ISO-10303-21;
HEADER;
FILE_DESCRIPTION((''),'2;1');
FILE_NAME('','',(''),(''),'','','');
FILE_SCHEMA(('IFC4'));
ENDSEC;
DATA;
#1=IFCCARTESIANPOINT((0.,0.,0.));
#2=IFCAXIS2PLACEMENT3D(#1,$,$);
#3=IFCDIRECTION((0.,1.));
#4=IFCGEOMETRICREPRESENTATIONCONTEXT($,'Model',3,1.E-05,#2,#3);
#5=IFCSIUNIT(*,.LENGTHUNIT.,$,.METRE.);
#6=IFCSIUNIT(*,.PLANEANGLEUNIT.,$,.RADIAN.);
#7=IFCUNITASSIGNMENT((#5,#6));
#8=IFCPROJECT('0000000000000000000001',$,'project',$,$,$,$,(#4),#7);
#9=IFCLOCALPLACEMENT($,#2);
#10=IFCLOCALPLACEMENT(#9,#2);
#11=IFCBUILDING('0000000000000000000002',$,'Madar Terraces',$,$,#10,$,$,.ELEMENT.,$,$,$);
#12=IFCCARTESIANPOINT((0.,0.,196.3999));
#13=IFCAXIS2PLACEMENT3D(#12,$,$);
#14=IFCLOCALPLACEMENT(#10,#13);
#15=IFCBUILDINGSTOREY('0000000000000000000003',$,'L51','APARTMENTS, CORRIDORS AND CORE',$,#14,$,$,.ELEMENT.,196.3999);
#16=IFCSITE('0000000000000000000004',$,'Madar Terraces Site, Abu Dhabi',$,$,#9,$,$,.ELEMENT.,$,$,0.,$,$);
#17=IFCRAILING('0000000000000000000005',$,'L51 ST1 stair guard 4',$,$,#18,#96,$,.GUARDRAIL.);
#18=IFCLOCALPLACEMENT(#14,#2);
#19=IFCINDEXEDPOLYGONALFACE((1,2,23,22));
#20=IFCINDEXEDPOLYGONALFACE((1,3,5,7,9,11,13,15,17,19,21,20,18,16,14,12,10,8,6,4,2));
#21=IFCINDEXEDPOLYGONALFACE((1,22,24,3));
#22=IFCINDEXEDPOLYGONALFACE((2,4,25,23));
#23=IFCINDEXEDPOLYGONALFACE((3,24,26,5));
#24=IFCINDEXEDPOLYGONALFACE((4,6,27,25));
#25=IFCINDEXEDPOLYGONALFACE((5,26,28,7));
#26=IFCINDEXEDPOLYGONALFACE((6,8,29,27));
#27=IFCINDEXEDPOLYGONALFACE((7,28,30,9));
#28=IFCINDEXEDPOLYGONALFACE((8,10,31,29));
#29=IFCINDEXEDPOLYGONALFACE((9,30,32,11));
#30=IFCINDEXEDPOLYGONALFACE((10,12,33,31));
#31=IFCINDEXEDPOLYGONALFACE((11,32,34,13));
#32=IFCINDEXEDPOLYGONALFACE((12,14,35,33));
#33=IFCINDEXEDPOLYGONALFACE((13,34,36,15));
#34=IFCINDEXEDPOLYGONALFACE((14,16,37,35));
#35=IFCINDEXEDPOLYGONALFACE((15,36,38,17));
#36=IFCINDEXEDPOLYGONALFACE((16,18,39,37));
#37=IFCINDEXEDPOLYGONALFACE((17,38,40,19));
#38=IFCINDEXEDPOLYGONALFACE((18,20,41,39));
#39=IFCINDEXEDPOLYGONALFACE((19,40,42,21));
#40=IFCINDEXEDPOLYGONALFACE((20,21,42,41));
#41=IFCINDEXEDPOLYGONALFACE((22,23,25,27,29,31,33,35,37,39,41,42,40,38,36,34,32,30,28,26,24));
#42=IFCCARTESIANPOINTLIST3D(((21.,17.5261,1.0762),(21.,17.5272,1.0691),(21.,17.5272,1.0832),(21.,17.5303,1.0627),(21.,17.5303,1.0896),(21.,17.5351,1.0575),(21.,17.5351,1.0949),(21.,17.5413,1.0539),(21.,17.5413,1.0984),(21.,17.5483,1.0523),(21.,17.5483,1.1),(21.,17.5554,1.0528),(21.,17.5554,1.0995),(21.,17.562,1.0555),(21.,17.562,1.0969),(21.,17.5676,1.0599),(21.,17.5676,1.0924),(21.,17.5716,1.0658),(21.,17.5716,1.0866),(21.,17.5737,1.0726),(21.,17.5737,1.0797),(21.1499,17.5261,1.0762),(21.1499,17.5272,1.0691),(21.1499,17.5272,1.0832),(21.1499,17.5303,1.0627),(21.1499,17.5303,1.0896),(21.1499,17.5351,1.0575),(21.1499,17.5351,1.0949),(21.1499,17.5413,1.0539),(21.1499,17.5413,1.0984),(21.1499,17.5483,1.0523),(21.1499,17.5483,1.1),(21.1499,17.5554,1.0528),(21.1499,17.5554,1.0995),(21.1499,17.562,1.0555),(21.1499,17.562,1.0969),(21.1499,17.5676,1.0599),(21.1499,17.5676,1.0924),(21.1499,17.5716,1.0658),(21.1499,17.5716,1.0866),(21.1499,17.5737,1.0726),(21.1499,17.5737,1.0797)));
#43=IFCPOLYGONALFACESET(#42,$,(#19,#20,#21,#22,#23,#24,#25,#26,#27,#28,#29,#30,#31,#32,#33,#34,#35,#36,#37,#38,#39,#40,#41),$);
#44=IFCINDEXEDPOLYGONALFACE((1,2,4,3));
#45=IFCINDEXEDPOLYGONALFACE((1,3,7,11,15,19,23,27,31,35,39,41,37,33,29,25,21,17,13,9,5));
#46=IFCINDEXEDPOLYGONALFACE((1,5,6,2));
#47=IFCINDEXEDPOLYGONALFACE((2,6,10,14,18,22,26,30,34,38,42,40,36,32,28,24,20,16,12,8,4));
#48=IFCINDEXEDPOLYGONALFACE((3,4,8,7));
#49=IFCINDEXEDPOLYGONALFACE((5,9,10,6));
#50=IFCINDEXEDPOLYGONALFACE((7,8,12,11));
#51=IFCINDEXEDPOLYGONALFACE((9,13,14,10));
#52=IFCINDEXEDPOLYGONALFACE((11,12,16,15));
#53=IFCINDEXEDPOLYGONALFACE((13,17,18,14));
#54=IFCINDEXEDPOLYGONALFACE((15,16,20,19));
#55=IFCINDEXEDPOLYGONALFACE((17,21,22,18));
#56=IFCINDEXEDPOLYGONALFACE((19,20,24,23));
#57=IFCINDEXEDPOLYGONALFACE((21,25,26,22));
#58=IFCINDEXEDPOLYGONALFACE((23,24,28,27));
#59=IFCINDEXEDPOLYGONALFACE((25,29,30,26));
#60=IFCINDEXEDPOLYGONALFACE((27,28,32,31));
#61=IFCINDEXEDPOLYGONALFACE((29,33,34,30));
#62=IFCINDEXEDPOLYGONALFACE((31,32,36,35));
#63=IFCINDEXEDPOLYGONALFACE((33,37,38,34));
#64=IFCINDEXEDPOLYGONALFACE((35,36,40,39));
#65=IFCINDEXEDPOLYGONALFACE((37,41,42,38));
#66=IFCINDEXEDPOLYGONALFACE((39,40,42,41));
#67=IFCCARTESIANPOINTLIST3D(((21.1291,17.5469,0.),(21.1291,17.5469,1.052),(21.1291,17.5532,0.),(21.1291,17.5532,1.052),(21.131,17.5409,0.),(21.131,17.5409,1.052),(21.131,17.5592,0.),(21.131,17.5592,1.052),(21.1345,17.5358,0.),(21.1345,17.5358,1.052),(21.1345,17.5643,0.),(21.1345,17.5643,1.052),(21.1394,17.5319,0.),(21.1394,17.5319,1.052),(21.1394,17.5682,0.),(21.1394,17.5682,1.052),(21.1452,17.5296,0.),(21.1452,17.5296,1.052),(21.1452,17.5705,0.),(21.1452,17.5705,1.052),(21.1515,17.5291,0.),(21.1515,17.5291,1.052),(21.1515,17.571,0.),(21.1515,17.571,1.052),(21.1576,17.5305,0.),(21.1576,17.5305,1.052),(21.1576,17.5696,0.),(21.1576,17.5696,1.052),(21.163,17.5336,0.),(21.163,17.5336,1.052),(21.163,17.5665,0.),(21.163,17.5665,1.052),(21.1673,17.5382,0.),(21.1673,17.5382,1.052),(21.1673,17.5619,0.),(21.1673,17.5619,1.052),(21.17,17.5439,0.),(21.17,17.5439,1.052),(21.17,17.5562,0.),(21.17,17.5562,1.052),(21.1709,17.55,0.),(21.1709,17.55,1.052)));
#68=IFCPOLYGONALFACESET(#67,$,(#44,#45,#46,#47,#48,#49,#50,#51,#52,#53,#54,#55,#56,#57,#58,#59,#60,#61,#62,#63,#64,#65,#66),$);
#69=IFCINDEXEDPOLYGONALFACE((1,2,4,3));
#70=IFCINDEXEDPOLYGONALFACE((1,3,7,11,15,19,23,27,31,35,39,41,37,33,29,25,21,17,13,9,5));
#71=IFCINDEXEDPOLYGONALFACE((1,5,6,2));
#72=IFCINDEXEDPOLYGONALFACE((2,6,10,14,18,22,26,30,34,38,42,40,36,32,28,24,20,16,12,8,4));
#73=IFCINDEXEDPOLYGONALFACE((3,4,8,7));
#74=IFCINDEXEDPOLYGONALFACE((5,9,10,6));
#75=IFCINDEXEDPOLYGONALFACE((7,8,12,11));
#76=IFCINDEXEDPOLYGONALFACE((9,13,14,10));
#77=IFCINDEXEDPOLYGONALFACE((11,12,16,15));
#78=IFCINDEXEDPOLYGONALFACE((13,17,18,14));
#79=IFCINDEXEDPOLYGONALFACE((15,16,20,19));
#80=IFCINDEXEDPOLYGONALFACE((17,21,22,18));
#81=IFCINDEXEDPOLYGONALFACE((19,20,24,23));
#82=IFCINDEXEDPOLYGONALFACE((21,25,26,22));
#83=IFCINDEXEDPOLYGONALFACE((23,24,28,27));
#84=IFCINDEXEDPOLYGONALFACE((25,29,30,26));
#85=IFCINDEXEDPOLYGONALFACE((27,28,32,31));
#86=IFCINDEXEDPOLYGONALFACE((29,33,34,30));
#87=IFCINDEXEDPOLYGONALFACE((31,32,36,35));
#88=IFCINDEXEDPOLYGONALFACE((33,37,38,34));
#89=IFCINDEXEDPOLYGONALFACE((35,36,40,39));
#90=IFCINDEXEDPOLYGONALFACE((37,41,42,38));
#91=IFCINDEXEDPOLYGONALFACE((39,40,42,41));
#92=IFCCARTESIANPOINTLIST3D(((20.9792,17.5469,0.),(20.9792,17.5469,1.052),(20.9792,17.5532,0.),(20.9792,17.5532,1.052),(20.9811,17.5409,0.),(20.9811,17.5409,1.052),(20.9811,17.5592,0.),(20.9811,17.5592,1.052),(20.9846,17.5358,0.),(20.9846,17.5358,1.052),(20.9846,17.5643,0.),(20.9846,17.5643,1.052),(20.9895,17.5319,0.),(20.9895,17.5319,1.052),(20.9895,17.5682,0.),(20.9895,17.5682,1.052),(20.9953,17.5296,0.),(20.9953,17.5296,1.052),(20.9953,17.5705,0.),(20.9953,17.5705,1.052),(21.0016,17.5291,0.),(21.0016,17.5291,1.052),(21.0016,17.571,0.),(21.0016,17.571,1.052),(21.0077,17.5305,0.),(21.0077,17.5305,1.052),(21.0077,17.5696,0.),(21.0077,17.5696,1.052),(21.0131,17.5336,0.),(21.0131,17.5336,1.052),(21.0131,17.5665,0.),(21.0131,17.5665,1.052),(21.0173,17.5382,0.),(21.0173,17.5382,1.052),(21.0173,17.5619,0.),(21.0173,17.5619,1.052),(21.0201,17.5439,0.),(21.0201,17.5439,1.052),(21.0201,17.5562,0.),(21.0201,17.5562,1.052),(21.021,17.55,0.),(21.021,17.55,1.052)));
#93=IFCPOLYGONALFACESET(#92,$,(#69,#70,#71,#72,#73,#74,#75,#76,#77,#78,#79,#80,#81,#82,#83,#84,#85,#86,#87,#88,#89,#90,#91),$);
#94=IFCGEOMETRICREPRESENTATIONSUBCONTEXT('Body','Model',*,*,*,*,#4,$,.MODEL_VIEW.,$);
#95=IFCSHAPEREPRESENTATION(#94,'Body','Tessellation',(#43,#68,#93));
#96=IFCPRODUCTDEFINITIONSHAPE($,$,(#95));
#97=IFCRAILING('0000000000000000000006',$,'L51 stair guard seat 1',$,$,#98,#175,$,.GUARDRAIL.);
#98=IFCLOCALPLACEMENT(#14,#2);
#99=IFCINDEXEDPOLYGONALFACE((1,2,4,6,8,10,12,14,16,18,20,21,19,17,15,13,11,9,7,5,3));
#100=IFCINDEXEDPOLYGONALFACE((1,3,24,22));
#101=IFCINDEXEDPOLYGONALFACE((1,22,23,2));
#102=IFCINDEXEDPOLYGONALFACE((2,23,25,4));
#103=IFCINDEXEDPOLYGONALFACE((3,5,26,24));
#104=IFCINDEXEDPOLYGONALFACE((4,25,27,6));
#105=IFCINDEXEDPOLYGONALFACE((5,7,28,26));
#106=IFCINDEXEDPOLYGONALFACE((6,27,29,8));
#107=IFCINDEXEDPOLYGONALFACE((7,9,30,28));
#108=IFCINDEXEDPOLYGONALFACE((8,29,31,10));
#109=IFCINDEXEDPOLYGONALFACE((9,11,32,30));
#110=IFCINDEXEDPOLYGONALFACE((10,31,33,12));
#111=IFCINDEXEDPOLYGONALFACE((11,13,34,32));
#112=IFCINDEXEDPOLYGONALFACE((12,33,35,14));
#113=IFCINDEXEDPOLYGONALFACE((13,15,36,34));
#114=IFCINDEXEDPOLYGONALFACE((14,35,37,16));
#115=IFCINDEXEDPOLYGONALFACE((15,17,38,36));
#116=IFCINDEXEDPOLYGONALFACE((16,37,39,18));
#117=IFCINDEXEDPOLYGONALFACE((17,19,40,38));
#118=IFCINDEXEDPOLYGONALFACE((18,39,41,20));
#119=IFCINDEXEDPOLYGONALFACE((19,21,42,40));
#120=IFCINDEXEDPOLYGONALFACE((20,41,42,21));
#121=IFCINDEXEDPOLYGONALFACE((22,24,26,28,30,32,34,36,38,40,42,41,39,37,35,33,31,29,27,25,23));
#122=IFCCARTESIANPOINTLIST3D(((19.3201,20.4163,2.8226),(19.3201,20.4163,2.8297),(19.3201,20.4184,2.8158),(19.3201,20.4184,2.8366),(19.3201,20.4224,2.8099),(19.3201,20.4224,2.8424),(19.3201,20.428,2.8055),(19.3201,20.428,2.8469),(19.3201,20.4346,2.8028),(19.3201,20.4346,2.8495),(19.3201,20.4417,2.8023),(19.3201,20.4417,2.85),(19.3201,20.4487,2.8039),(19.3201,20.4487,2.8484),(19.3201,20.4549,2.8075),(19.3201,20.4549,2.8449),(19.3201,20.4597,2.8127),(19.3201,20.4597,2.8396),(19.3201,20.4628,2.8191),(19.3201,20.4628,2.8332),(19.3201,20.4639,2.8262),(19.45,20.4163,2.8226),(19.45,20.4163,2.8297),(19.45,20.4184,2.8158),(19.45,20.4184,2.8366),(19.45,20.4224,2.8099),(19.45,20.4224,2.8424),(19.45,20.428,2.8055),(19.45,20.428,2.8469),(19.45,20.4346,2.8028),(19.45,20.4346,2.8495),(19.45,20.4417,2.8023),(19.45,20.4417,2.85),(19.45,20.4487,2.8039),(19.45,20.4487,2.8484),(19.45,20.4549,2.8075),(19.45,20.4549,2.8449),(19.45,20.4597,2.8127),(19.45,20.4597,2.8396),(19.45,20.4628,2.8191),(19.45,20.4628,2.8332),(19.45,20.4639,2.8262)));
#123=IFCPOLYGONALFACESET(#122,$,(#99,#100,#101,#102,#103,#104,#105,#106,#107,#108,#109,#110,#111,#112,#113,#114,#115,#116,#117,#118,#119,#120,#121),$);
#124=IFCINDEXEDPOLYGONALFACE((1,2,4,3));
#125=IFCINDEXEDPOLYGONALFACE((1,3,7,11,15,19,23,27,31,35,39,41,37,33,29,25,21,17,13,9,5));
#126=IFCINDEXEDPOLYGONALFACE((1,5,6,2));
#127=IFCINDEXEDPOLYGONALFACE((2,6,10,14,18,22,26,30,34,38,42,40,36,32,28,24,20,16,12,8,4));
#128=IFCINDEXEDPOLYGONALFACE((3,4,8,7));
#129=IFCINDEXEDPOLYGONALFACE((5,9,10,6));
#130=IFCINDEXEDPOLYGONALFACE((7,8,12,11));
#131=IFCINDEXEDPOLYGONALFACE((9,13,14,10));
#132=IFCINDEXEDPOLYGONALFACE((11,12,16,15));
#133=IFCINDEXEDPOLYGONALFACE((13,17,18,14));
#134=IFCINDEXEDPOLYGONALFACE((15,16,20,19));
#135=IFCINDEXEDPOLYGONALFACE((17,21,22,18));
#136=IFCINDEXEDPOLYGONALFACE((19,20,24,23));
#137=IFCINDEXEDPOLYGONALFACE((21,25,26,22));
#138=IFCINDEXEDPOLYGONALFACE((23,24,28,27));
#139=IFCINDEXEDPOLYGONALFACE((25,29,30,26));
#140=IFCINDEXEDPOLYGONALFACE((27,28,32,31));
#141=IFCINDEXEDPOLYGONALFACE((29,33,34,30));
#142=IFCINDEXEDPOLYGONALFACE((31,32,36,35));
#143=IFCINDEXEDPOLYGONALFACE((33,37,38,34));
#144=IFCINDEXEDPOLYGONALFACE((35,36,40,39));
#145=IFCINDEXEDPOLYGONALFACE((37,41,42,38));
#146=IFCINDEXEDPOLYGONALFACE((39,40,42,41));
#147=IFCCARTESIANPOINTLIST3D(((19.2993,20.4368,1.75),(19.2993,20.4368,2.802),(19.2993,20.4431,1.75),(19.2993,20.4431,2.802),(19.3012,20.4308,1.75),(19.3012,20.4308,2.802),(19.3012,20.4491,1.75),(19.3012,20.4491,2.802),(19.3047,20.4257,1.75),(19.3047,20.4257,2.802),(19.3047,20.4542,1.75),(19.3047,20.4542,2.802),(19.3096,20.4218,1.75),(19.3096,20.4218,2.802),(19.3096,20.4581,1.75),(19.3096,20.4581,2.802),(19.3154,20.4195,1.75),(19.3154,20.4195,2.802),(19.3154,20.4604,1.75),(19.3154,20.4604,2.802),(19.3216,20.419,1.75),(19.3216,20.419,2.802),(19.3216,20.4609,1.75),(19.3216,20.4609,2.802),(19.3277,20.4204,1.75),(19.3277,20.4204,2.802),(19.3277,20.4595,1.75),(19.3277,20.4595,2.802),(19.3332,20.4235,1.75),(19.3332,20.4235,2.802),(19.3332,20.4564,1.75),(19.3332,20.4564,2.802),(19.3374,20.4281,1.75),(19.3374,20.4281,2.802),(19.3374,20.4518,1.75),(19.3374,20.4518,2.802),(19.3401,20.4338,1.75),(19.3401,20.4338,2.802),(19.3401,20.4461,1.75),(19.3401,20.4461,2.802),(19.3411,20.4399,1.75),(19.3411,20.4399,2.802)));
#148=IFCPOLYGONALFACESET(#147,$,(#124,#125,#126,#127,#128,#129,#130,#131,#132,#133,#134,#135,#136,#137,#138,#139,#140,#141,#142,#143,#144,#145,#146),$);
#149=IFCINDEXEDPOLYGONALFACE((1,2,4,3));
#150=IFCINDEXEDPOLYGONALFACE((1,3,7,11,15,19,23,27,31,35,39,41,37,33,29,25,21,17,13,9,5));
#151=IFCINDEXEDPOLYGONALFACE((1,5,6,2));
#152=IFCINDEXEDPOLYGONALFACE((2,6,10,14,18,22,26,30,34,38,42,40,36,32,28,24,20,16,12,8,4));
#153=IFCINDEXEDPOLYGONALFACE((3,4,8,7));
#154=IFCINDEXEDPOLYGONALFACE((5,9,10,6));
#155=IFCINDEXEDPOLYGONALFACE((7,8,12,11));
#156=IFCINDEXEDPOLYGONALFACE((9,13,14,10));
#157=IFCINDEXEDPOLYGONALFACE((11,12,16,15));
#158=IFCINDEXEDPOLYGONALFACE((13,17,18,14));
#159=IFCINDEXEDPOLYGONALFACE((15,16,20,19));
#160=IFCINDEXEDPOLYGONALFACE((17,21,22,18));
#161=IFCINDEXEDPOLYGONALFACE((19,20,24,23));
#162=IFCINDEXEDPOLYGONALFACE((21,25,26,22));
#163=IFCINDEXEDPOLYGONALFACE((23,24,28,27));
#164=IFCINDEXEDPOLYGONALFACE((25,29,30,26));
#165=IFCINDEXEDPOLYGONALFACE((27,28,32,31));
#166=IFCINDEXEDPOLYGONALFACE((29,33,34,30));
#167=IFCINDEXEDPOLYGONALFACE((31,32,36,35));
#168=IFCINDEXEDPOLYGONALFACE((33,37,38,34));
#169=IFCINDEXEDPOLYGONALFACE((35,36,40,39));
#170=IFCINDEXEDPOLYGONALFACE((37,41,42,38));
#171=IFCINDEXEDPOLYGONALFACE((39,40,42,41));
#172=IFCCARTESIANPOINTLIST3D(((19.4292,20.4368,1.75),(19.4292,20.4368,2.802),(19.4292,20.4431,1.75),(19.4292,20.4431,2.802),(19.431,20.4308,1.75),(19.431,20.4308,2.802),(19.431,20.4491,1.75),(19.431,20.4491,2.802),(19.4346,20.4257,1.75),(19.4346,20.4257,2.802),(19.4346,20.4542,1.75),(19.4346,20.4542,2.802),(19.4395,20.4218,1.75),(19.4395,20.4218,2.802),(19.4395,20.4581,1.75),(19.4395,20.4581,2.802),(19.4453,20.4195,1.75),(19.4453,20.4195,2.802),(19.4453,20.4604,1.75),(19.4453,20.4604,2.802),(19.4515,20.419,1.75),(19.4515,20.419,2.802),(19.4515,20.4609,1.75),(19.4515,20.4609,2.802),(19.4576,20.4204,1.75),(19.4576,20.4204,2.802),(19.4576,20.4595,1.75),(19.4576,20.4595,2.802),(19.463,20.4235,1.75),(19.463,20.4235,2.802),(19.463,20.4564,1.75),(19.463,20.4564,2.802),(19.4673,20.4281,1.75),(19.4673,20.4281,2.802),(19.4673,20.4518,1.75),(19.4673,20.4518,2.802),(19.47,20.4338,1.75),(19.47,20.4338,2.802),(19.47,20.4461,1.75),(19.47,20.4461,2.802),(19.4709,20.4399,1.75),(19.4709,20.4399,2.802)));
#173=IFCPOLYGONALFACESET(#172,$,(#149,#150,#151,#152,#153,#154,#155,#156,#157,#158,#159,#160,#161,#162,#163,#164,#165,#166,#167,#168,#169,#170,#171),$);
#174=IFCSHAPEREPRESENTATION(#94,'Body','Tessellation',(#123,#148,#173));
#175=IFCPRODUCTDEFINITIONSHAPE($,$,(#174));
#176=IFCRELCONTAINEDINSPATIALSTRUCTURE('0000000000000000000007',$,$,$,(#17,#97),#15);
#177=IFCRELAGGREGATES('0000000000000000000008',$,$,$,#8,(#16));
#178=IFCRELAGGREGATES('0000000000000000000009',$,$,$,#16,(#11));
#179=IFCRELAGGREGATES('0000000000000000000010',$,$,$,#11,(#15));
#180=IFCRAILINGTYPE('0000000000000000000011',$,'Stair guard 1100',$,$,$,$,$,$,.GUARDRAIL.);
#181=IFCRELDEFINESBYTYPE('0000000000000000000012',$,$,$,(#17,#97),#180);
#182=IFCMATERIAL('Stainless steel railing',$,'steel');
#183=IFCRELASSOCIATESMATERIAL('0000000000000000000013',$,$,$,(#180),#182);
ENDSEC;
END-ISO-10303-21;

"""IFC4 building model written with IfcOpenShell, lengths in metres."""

from ifc_helpers import new_model, si_unit, direction, frame, origin, origin_2d, place, context, subcontext, project, spatial, circle, extrude, material, type_object, element, save


model = new_model("IFC4")

# Units and contexts
model_context = context("Model", 3, precision=1e-05, world=origin(), true_north=direction((0.0, 1.0)))
body_context = subcontext(model_context, "Body", "Model", "MODEL_VIEW")
ifc_project = project(units=[si_unit("LENGTHUNIT", "METRE"), si_unit("PLANEANGLEUNIT", "RADIAN")], contexts=[model_context])

# Site, building, storey
site_placement = place(None, origin())
site = spatial("IfcSite", under=ifc_project, at=site_placement, Name="Madar Terraces Site, Abu Dhabi", CompositionType="ELEMENT", RefElevation=0.0)
building_placement = place(site_placement, origin())
building = spatial("IfcBuilding", under=site, at=building_placement, Name="Madar Terraces", CompositionType="ELEMENT")
storey_placement = place(building_placement, frame((0.0, 0.0, 196.3999)))
storey = spatial("IfcBuildingStorey", under=building, at=storey_placement, Name="L51", Description="APARTMENTS, CORRIDORS AND CORE", CompositionType="ELEMENT", Elevation=196.3999)

# Railings
ifc_material_1 = material(Name="Stainless steel railing", Category="steel")
railing_type_1 = type_object("IfcRailingType", Name="Stair guard 1100", PredefinedType="GUARDRAIL", material=ifc_material_1)
railing_1_placement = place(storey_placement, frame((21.1499, 17.55, 0.0)))
element("IfcRailing", 1, at=railing_1_placement, inside=storey, type_object=railing_type_1, Name="L51 ST1 stair guard 4", PredefinedType="GUARDRAIL", context=body_context, shape_type="SweptSolid", body=[
    extrude(circle(Radius=0.0239, at=origin_2d()), frame((0.0, 0.0, 1.0762), z_axis=(-1.0, 0.0, 0.0), x_axis=(0.0, -1.0, 0.0)), (0.0, 0.0, 1.0), 0.1499),
    extrude(circle(Radius=0.021, at=origin_2d()), origin(), (0.0, 0.0, 1.0), 1.052),
    extrude(circle(Radius=0.021, at=origin_2d()), frame((-0.1499, 0.0, 0.0)), (0.0, 0.0, 1.0), 1.052),
])
railing_2_placement = place(storey_placement, frame((19.3201, 20.4399, 1.75)))
element("IfcRailing", 2, at=railing_2_placement, inside=storey, type_object=railing_type_1, Name="L51 stair guard seat 1", PredefinedType="GUARDRAIL", context=body_context, shape_type="SweptSolid", body=[
    extrude(circle(Radius=0.0239, at=origin_2d()), frame((0.0, 0.0, 1.0762), z_axis=(1.0, 0.0, 0.0), x_axis=(0.0, 1.0, 0.0)), (0.0, 0.0, 1.0), 0.1299),
    extrude(circle(Radius=0.021, at=origin_2d()), origin(), (0.0, 0.0, 1.0), 1.052),
    extrude(circle(Radius=0.021, at=origin_2d()), frame((0.1299, 0.0, 0.0)), (0.0, 0.0, 1.0), 1.052),
])

save(model, "model.ifc")
